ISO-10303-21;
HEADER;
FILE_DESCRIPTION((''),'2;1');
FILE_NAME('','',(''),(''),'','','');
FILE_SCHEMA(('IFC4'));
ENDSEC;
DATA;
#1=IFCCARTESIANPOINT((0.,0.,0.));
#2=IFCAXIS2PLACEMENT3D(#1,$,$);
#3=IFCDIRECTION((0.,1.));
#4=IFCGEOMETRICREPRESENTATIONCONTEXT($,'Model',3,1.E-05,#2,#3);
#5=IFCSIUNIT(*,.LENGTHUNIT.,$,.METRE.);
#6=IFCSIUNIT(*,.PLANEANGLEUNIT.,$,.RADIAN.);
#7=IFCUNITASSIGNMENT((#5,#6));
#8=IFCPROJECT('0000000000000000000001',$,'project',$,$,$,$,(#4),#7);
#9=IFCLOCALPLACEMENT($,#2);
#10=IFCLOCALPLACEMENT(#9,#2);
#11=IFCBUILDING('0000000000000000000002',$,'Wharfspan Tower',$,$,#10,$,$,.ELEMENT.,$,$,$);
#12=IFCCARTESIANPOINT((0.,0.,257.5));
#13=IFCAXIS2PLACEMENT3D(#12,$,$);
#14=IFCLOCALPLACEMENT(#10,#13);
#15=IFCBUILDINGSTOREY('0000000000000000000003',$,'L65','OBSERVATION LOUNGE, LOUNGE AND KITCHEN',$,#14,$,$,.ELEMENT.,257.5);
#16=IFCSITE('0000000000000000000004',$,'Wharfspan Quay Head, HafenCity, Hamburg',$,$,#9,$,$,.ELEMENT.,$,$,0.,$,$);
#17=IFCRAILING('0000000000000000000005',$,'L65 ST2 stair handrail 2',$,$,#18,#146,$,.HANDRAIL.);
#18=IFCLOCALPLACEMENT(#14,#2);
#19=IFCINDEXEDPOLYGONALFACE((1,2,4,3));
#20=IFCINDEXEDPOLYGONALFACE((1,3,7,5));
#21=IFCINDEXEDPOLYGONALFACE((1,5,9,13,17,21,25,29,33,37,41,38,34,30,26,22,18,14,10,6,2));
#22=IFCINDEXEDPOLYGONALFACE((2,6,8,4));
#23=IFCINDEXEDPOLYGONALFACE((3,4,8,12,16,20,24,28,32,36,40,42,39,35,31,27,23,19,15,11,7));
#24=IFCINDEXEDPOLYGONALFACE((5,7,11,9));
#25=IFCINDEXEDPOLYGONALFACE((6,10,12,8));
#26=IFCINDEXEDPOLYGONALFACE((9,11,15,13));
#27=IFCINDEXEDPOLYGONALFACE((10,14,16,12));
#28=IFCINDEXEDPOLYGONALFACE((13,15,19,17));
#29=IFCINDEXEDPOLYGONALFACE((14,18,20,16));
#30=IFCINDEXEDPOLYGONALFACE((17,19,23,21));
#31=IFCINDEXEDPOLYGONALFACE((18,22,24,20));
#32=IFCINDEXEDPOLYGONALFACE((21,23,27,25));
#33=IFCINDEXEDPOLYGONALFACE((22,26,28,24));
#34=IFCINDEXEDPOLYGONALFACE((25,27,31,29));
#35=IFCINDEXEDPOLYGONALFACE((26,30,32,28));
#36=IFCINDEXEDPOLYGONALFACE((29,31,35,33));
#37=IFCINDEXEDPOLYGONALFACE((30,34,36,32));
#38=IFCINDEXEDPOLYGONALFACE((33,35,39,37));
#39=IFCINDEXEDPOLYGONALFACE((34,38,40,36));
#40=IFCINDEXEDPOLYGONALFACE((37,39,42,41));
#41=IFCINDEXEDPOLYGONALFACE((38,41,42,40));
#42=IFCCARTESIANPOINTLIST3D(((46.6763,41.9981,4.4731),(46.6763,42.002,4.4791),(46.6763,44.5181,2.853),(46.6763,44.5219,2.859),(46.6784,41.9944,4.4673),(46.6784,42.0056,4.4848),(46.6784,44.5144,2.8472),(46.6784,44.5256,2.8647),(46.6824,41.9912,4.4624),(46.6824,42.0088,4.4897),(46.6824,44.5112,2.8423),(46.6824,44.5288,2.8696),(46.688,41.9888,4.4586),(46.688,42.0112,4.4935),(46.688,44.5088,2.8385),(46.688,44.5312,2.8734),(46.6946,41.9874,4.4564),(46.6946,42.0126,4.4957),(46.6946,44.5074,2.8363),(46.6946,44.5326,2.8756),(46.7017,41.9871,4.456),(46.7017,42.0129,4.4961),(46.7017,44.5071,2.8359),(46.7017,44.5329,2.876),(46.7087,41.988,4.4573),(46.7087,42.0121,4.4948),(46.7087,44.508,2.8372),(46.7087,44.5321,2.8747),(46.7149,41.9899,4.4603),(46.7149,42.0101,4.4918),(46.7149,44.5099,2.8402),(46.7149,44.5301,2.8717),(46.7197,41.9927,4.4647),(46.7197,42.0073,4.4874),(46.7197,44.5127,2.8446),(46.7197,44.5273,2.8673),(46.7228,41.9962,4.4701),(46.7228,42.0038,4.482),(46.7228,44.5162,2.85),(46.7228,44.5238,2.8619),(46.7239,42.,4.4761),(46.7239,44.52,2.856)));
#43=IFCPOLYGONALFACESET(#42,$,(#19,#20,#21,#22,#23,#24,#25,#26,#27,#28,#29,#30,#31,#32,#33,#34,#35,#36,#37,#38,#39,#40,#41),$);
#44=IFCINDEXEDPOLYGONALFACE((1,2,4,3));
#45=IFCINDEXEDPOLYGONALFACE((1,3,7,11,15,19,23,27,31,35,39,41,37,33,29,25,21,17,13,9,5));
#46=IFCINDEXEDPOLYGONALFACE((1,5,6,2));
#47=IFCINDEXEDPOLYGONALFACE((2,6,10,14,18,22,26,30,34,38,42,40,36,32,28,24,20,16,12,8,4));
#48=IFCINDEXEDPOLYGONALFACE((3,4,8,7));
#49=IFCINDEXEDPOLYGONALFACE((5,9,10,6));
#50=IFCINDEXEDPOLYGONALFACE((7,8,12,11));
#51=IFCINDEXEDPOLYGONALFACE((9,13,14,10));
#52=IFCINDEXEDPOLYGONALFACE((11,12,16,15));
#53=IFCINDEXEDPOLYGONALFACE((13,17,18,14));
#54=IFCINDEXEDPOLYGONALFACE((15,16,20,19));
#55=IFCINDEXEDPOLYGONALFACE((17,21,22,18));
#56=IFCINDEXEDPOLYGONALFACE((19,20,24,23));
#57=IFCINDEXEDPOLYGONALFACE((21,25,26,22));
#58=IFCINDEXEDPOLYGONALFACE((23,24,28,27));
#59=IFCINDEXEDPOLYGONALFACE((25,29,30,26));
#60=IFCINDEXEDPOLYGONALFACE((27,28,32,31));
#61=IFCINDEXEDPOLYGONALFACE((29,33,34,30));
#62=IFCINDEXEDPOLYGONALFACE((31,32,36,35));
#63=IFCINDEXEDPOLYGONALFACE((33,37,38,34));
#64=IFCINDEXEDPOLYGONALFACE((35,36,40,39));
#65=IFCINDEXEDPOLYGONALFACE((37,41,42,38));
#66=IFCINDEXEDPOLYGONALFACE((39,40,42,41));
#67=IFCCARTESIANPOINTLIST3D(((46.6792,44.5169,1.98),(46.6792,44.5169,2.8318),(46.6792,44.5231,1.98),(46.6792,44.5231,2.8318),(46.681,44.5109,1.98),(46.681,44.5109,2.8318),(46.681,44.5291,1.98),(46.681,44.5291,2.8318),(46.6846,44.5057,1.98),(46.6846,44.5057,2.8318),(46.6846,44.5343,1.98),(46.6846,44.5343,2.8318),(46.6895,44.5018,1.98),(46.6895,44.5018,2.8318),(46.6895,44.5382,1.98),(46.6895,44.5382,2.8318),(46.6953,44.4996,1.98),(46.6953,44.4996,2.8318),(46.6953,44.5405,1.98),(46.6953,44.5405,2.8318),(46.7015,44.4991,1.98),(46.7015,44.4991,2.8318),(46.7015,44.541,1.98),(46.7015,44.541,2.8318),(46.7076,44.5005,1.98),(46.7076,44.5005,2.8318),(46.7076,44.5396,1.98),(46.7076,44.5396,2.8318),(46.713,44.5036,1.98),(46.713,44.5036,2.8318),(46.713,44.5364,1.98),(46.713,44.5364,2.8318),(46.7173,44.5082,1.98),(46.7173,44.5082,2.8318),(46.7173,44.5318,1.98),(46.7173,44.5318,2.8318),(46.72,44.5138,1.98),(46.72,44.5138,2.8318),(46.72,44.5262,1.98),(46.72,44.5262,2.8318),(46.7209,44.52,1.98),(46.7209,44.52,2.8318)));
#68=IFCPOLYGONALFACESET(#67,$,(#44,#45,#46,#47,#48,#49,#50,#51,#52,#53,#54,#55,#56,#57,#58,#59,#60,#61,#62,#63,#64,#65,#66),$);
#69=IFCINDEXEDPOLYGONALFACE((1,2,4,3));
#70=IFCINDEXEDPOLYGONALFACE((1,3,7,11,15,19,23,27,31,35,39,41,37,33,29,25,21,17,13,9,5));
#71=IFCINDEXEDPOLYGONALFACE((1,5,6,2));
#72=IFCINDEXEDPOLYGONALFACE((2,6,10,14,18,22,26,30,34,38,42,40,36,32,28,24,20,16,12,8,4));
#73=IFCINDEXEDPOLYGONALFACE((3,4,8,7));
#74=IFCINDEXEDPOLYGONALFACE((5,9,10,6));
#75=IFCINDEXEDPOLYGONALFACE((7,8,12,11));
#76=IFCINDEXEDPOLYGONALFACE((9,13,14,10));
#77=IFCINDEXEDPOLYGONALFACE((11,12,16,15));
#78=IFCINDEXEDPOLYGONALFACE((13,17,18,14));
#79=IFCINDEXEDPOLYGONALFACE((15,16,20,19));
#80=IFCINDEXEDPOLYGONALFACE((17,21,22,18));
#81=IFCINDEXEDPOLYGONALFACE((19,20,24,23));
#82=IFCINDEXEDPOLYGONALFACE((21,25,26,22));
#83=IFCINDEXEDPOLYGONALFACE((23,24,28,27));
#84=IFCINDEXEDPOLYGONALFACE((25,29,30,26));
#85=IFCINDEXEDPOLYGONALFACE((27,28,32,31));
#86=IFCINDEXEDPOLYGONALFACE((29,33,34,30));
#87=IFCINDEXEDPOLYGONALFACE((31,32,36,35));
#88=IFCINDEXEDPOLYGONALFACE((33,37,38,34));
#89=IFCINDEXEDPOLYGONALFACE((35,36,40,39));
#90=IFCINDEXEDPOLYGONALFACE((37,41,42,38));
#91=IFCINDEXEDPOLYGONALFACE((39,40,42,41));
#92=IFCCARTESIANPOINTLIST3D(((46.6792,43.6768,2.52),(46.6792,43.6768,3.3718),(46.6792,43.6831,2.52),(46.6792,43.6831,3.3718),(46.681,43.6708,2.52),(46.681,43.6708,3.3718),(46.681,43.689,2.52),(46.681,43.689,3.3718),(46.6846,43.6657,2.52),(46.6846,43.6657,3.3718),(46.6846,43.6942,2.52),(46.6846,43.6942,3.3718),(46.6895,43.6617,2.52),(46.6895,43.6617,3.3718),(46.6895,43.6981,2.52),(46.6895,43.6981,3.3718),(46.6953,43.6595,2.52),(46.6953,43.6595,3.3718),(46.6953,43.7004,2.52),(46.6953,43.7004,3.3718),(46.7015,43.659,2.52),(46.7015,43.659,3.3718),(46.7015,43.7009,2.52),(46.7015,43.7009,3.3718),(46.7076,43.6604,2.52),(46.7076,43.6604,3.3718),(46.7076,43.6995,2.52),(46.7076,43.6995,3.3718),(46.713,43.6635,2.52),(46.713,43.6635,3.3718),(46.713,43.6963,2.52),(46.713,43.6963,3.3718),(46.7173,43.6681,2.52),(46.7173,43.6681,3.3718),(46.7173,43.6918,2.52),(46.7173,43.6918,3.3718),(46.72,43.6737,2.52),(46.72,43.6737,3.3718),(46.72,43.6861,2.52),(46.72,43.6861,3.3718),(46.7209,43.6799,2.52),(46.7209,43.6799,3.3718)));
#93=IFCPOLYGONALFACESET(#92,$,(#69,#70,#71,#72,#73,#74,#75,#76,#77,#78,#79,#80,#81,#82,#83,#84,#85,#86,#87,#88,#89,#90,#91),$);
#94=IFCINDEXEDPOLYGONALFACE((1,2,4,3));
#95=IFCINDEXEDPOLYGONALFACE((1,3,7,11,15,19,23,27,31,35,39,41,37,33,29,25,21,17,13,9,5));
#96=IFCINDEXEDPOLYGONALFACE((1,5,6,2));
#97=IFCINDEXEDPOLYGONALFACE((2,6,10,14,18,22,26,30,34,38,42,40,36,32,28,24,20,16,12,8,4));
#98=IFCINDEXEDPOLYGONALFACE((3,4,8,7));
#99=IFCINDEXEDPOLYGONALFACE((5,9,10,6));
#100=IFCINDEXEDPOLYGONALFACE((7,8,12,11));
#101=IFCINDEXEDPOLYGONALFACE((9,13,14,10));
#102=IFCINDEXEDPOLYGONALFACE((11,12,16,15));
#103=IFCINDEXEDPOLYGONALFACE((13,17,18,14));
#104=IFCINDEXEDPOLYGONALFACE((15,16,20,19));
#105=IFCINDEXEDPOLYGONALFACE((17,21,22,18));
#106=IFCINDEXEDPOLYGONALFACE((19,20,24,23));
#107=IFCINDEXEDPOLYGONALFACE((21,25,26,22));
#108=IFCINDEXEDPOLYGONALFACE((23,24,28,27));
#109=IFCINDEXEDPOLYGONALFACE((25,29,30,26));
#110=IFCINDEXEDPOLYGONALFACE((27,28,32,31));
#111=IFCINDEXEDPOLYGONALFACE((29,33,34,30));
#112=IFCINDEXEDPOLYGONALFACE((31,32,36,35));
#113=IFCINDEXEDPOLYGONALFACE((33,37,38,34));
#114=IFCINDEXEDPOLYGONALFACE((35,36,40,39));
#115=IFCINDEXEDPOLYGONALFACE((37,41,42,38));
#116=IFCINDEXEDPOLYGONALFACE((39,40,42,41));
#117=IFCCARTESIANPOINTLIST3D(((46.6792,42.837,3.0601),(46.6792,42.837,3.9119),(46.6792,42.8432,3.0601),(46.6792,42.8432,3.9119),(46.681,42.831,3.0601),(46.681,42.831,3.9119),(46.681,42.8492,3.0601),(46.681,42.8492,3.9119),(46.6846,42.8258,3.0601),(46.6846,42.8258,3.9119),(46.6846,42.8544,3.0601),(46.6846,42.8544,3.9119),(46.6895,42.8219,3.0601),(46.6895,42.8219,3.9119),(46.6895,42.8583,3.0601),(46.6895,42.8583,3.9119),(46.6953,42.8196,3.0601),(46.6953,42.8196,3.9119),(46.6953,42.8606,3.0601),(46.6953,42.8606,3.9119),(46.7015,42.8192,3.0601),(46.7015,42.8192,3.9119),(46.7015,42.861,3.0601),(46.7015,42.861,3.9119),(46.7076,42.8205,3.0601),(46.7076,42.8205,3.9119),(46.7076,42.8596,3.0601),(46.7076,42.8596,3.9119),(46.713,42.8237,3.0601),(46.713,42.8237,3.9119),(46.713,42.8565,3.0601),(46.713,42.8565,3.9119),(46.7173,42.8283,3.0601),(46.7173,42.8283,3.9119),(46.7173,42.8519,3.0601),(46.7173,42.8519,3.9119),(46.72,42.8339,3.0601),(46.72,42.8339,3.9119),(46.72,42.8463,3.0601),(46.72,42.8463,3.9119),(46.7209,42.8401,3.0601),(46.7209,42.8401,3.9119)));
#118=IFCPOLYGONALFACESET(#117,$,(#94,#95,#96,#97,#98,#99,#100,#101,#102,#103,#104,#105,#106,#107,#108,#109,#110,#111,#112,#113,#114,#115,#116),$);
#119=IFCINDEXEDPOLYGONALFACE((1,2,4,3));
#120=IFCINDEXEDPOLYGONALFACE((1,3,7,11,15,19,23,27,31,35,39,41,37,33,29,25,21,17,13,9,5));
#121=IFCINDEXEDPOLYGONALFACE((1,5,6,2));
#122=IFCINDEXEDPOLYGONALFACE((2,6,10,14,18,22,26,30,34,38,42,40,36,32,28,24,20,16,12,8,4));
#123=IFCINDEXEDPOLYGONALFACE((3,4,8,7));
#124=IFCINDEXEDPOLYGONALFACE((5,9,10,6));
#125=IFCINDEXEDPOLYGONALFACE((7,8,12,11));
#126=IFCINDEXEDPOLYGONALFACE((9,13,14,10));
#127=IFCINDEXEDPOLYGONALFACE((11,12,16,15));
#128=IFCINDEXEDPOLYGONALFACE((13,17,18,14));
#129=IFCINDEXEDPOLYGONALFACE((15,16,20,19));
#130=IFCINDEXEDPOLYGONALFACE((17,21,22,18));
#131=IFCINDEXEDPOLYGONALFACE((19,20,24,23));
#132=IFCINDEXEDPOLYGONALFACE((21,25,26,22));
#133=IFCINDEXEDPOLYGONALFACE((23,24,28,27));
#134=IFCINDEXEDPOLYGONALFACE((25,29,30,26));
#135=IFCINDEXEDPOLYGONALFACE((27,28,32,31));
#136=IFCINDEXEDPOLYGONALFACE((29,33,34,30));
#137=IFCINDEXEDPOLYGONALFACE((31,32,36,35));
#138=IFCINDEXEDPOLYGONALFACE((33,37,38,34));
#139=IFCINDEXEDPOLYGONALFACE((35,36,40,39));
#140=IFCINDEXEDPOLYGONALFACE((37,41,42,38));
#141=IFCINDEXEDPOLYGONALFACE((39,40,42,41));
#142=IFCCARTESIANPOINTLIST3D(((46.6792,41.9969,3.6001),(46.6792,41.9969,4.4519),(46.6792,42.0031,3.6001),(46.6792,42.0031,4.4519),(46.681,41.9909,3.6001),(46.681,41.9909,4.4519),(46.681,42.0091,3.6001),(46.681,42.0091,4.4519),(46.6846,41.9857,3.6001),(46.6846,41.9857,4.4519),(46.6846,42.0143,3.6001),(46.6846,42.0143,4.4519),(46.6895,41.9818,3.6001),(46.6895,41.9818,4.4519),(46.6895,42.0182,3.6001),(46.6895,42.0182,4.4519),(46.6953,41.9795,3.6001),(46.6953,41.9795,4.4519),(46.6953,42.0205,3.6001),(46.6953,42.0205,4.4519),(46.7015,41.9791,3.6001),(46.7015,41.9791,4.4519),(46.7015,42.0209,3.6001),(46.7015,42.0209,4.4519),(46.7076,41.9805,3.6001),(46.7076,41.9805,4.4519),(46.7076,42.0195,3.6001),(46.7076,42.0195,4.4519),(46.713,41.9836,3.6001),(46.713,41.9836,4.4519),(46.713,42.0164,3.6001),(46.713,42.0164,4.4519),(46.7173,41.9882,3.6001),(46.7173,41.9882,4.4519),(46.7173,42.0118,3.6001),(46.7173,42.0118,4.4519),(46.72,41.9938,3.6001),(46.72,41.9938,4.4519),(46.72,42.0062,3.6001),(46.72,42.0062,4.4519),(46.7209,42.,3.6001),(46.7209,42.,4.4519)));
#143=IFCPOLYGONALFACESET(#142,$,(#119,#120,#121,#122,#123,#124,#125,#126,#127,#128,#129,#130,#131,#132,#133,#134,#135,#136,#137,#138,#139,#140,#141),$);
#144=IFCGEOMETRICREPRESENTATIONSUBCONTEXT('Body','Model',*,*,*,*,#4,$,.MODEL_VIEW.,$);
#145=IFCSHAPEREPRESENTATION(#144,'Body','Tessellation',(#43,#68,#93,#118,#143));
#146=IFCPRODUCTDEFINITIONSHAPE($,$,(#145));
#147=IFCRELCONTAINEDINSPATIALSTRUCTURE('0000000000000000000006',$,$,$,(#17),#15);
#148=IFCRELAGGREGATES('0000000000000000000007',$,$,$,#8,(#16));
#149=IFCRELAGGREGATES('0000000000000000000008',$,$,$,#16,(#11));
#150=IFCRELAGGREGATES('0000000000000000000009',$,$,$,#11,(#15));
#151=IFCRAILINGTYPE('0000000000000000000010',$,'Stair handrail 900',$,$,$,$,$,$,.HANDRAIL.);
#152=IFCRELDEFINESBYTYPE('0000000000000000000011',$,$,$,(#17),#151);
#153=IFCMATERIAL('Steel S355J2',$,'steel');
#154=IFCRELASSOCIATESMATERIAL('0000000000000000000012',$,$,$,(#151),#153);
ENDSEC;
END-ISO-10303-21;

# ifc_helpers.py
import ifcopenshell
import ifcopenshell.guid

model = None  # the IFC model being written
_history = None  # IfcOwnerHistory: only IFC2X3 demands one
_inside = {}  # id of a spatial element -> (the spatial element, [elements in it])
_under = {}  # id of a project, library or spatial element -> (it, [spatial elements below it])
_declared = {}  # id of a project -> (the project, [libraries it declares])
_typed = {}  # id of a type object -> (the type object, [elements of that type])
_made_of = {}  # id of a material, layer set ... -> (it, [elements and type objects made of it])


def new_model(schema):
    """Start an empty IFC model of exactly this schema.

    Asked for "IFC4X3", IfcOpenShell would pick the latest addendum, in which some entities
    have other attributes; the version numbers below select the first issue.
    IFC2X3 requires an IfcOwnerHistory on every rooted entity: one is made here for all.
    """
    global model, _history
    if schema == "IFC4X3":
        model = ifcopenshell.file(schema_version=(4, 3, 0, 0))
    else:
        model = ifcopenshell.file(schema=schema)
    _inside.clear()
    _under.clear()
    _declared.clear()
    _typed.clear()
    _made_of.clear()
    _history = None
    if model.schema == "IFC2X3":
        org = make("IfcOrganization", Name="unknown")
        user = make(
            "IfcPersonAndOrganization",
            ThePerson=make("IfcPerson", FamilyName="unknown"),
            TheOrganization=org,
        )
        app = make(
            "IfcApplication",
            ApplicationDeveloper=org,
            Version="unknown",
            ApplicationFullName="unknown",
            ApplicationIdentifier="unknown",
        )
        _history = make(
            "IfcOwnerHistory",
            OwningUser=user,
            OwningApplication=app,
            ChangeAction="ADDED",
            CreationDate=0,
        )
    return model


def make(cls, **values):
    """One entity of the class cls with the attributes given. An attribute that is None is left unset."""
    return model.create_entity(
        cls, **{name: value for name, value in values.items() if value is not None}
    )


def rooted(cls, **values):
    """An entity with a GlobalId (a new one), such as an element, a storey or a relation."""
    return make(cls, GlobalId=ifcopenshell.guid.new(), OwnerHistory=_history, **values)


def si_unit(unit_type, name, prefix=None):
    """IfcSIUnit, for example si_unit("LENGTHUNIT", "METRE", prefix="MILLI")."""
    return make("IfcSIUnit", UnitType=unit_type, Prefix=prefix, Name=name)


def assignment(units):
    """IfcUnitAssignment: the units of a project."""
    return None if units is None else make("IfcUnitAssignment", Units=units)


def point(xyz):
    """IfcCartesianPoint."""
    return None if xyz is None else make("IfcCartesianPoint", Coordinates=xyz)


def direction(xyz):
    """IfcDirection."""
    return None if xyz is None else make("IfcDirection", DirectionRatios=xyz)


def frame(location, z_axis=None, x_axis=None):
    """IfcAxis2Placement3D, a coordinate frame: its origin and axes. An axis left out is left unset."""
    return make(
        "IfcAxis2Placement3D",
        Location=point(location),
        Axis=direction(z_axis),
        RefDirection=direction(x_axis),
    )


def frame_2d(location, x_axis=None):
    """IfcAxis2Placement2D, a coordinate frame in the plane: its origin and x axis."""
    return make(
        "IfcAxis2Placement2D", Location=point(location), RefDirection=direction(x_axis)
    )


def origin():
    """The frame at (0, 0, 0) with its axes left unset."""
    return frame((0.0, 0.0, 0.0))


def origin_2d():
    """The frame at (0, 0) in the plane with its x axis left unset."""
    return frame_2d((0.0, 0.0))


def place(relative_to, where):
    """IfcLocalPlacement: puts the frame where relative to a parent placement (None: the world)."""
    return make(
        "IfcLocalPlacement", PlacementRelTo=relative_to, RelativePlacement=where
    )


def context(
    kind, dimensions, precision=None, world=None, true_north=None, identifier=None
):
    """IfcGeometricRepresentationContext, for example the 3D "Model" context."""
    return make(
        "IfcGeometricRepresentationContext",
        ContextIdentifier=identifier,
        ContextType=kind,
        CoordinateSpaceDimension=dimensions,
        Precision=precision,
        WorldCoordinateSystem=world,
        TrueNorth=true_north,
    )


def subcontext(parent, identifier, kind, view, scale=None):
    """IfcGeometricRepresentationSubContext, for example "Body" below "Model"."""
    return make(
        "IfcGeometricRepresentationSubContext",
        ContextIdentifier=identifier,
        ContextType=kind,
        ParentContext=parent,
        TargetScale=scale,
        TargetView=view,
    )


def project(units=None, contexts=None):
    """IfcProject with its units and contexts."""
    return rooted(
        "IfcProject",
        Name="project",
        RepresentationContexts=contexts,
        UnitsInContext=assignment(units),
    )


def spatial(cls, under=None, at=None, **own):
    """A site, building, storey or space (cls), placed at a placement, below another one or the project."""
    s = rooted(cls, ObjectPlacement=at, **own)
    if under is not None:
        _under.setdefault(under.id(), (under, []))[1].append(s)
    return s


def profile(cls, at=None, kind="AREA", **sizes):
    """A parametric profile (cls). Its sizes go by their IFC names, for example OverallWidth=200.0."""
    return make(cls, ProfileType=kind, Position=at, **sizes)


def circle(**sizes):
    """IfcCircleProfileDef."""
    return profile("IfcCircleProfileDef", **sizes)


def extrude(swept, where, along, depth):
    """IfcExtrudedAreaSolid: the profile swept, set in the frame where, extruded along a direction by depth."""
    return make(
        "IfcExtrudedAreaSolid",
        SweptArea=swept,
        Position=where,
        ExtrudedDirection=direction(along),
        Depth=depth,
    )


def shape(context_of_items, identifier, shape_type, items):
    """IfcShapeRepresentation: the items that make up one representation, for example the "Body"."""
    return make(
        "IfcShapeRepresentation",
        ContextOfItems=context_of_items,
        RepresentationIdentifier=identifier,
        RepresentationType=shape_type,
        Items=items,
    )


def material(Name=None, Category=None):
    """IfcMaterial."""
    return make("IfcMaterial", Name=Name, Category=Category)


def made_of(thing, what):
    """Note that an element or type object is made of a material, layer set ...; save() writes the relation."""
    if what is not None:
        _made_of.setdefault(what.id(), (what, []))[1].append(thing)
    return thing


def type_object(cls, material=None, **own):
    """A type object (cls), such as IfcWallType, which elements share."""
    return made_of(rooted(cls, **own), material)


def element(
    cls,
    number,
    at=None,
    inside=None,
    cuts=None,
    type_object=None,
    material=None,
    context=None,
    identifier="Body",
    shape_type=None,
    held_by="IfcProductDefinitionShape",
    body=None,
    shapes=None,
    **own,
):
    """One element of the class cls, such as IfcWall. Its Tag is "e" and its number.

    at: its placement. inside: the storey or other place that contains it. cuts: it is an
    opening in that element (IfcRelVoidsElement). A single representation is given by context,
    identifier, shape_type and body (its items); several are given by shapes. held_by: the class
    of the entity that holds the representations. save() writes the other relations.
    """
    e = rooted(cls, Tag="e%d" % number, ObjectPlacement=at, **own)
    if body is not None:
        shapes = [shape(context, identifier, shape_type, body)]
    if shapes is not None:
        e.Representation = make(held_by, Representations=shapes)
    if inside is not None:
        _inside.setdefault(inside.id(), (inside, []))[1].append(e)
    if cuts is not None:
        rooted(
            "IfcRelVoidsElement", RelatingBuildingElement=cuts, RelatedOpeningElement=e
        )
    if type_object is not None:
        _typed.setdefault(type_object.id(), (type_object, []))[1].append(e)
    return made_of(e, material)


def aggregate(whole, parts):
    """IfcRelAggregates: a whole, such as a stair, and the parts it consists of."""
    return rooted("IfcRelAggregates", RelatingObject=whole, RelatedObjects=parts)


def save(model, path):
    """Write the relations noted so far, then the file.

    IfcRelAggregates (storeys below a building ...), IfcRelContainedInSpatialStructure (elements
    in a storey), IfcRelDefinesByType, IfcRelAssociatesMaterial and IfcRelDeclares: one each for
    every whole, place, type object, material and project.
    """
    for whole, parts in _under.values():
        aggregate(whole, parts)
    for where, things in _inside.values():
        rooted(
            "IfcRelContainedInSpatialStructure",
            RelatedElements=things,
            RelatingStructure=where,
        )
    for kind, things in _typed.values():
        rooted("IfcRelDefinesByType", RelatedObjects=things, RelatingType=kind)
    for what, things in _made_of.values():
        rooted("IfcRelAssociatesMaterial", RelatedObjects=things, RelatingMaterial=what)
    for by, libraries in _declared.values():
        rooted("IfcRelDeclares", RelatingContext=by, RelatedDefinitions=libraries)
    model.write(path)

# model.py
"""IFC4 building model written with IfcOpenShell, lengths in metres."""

from ifc_helpers import new_model, si_unit, direction, frame, origin, origin_2d, place, context, subcontext, project, spatial, circle, extrude, material, type_object, element, save


model = new_model("IFC4")

# Units and contexts
model_context = context("Model", 3, precision=1e-05, world=origin(), true_north=direction((0.0, 1.0)))
body_context = subcontext(model_context, "Body", "Model", "MODEL_VIEW")
ifc_project = project(units=[si_unit("LENGTHUNIT", "METRE"), si_unit("PLANEANGLEUNIT", "RADIAN")], contexts=[model_context])

# Site, building, storey
site_placement = place(None, origin())
site = spatial("IfcSite", under=ifc_project, at=site_placement, Name="Wharfspan Quay Head, HafenCity, Hamburg", CompositionType="ELEMENT", RefElevation=0.0)
building_placement = place(site_placement, origin())
building = spatial("IfcBuilding", under=site, at=building_placement, Name="Wharfspan Tower", CompositionType="ELEMENT")
storey_placement = place(building_placement, frame((0.0, 0.0, 257.5)))
storey = spatial("IfcBuildingStorey", under=building, at=storey_placement, Name="L65", Description="OBSERVATION LOUNGE, LOUNGE AND KITCHEN", CompositionType="ELEMENT", Elevation=257.5)

# Shared definitions
ifc_material_1 = material(Name="Steel S355J2", Category="steel")

# Railing
railing_type_1 = type_object("IfcRailingType", Name="Stair handrail 900", PredefinedType="HANDRAIL", material=ifc_material_1)
railing_1_placement = place(storey_placement, frame((46.7, 44.52, 1.98)))
element("IfcRailing", 1, at=railing_1_placement, inside=storey, type_object=railing_type_1, Name="L65 ST2 stair handrail 2", PredefinedType="HANDRAIL", context=body_context, shape_type="SweptSolid", body=[
    extrude(circle(Radius=0.0239, at=origin_2d()), frame((0.0, 0.0, 0.876), z_axis=(0.0, -0.841163, 0.540782), x_axis=(1.0, 0.0, 0.0)), (0.0, 0.0, 1.0), 2.9958),
    extrude(circle(Radius=0.021, at=origin_2d()), origin(), (0.0, 0.0, 1.0), 0.8518),
    extrude(circle(Radius=0.021, at=origin_2d()), frame((0.0, -0.8401, 0.54)), (0.0, 0.0, 1.0), 0.8518),
    extrude(circle(Radius=0.021, at=origin_2d()), frame((0.0, -1.6799, 1.0801)), (0.0, 0.0, 1.0), 0.8518),
    extrude(circle(Radius=0.021, at=origin_2d()), frame((0.0, -2.52, 1.6201)), (0.0, 0.0, 1.0), 0.8518),
])

save(model, "model.ifc")
